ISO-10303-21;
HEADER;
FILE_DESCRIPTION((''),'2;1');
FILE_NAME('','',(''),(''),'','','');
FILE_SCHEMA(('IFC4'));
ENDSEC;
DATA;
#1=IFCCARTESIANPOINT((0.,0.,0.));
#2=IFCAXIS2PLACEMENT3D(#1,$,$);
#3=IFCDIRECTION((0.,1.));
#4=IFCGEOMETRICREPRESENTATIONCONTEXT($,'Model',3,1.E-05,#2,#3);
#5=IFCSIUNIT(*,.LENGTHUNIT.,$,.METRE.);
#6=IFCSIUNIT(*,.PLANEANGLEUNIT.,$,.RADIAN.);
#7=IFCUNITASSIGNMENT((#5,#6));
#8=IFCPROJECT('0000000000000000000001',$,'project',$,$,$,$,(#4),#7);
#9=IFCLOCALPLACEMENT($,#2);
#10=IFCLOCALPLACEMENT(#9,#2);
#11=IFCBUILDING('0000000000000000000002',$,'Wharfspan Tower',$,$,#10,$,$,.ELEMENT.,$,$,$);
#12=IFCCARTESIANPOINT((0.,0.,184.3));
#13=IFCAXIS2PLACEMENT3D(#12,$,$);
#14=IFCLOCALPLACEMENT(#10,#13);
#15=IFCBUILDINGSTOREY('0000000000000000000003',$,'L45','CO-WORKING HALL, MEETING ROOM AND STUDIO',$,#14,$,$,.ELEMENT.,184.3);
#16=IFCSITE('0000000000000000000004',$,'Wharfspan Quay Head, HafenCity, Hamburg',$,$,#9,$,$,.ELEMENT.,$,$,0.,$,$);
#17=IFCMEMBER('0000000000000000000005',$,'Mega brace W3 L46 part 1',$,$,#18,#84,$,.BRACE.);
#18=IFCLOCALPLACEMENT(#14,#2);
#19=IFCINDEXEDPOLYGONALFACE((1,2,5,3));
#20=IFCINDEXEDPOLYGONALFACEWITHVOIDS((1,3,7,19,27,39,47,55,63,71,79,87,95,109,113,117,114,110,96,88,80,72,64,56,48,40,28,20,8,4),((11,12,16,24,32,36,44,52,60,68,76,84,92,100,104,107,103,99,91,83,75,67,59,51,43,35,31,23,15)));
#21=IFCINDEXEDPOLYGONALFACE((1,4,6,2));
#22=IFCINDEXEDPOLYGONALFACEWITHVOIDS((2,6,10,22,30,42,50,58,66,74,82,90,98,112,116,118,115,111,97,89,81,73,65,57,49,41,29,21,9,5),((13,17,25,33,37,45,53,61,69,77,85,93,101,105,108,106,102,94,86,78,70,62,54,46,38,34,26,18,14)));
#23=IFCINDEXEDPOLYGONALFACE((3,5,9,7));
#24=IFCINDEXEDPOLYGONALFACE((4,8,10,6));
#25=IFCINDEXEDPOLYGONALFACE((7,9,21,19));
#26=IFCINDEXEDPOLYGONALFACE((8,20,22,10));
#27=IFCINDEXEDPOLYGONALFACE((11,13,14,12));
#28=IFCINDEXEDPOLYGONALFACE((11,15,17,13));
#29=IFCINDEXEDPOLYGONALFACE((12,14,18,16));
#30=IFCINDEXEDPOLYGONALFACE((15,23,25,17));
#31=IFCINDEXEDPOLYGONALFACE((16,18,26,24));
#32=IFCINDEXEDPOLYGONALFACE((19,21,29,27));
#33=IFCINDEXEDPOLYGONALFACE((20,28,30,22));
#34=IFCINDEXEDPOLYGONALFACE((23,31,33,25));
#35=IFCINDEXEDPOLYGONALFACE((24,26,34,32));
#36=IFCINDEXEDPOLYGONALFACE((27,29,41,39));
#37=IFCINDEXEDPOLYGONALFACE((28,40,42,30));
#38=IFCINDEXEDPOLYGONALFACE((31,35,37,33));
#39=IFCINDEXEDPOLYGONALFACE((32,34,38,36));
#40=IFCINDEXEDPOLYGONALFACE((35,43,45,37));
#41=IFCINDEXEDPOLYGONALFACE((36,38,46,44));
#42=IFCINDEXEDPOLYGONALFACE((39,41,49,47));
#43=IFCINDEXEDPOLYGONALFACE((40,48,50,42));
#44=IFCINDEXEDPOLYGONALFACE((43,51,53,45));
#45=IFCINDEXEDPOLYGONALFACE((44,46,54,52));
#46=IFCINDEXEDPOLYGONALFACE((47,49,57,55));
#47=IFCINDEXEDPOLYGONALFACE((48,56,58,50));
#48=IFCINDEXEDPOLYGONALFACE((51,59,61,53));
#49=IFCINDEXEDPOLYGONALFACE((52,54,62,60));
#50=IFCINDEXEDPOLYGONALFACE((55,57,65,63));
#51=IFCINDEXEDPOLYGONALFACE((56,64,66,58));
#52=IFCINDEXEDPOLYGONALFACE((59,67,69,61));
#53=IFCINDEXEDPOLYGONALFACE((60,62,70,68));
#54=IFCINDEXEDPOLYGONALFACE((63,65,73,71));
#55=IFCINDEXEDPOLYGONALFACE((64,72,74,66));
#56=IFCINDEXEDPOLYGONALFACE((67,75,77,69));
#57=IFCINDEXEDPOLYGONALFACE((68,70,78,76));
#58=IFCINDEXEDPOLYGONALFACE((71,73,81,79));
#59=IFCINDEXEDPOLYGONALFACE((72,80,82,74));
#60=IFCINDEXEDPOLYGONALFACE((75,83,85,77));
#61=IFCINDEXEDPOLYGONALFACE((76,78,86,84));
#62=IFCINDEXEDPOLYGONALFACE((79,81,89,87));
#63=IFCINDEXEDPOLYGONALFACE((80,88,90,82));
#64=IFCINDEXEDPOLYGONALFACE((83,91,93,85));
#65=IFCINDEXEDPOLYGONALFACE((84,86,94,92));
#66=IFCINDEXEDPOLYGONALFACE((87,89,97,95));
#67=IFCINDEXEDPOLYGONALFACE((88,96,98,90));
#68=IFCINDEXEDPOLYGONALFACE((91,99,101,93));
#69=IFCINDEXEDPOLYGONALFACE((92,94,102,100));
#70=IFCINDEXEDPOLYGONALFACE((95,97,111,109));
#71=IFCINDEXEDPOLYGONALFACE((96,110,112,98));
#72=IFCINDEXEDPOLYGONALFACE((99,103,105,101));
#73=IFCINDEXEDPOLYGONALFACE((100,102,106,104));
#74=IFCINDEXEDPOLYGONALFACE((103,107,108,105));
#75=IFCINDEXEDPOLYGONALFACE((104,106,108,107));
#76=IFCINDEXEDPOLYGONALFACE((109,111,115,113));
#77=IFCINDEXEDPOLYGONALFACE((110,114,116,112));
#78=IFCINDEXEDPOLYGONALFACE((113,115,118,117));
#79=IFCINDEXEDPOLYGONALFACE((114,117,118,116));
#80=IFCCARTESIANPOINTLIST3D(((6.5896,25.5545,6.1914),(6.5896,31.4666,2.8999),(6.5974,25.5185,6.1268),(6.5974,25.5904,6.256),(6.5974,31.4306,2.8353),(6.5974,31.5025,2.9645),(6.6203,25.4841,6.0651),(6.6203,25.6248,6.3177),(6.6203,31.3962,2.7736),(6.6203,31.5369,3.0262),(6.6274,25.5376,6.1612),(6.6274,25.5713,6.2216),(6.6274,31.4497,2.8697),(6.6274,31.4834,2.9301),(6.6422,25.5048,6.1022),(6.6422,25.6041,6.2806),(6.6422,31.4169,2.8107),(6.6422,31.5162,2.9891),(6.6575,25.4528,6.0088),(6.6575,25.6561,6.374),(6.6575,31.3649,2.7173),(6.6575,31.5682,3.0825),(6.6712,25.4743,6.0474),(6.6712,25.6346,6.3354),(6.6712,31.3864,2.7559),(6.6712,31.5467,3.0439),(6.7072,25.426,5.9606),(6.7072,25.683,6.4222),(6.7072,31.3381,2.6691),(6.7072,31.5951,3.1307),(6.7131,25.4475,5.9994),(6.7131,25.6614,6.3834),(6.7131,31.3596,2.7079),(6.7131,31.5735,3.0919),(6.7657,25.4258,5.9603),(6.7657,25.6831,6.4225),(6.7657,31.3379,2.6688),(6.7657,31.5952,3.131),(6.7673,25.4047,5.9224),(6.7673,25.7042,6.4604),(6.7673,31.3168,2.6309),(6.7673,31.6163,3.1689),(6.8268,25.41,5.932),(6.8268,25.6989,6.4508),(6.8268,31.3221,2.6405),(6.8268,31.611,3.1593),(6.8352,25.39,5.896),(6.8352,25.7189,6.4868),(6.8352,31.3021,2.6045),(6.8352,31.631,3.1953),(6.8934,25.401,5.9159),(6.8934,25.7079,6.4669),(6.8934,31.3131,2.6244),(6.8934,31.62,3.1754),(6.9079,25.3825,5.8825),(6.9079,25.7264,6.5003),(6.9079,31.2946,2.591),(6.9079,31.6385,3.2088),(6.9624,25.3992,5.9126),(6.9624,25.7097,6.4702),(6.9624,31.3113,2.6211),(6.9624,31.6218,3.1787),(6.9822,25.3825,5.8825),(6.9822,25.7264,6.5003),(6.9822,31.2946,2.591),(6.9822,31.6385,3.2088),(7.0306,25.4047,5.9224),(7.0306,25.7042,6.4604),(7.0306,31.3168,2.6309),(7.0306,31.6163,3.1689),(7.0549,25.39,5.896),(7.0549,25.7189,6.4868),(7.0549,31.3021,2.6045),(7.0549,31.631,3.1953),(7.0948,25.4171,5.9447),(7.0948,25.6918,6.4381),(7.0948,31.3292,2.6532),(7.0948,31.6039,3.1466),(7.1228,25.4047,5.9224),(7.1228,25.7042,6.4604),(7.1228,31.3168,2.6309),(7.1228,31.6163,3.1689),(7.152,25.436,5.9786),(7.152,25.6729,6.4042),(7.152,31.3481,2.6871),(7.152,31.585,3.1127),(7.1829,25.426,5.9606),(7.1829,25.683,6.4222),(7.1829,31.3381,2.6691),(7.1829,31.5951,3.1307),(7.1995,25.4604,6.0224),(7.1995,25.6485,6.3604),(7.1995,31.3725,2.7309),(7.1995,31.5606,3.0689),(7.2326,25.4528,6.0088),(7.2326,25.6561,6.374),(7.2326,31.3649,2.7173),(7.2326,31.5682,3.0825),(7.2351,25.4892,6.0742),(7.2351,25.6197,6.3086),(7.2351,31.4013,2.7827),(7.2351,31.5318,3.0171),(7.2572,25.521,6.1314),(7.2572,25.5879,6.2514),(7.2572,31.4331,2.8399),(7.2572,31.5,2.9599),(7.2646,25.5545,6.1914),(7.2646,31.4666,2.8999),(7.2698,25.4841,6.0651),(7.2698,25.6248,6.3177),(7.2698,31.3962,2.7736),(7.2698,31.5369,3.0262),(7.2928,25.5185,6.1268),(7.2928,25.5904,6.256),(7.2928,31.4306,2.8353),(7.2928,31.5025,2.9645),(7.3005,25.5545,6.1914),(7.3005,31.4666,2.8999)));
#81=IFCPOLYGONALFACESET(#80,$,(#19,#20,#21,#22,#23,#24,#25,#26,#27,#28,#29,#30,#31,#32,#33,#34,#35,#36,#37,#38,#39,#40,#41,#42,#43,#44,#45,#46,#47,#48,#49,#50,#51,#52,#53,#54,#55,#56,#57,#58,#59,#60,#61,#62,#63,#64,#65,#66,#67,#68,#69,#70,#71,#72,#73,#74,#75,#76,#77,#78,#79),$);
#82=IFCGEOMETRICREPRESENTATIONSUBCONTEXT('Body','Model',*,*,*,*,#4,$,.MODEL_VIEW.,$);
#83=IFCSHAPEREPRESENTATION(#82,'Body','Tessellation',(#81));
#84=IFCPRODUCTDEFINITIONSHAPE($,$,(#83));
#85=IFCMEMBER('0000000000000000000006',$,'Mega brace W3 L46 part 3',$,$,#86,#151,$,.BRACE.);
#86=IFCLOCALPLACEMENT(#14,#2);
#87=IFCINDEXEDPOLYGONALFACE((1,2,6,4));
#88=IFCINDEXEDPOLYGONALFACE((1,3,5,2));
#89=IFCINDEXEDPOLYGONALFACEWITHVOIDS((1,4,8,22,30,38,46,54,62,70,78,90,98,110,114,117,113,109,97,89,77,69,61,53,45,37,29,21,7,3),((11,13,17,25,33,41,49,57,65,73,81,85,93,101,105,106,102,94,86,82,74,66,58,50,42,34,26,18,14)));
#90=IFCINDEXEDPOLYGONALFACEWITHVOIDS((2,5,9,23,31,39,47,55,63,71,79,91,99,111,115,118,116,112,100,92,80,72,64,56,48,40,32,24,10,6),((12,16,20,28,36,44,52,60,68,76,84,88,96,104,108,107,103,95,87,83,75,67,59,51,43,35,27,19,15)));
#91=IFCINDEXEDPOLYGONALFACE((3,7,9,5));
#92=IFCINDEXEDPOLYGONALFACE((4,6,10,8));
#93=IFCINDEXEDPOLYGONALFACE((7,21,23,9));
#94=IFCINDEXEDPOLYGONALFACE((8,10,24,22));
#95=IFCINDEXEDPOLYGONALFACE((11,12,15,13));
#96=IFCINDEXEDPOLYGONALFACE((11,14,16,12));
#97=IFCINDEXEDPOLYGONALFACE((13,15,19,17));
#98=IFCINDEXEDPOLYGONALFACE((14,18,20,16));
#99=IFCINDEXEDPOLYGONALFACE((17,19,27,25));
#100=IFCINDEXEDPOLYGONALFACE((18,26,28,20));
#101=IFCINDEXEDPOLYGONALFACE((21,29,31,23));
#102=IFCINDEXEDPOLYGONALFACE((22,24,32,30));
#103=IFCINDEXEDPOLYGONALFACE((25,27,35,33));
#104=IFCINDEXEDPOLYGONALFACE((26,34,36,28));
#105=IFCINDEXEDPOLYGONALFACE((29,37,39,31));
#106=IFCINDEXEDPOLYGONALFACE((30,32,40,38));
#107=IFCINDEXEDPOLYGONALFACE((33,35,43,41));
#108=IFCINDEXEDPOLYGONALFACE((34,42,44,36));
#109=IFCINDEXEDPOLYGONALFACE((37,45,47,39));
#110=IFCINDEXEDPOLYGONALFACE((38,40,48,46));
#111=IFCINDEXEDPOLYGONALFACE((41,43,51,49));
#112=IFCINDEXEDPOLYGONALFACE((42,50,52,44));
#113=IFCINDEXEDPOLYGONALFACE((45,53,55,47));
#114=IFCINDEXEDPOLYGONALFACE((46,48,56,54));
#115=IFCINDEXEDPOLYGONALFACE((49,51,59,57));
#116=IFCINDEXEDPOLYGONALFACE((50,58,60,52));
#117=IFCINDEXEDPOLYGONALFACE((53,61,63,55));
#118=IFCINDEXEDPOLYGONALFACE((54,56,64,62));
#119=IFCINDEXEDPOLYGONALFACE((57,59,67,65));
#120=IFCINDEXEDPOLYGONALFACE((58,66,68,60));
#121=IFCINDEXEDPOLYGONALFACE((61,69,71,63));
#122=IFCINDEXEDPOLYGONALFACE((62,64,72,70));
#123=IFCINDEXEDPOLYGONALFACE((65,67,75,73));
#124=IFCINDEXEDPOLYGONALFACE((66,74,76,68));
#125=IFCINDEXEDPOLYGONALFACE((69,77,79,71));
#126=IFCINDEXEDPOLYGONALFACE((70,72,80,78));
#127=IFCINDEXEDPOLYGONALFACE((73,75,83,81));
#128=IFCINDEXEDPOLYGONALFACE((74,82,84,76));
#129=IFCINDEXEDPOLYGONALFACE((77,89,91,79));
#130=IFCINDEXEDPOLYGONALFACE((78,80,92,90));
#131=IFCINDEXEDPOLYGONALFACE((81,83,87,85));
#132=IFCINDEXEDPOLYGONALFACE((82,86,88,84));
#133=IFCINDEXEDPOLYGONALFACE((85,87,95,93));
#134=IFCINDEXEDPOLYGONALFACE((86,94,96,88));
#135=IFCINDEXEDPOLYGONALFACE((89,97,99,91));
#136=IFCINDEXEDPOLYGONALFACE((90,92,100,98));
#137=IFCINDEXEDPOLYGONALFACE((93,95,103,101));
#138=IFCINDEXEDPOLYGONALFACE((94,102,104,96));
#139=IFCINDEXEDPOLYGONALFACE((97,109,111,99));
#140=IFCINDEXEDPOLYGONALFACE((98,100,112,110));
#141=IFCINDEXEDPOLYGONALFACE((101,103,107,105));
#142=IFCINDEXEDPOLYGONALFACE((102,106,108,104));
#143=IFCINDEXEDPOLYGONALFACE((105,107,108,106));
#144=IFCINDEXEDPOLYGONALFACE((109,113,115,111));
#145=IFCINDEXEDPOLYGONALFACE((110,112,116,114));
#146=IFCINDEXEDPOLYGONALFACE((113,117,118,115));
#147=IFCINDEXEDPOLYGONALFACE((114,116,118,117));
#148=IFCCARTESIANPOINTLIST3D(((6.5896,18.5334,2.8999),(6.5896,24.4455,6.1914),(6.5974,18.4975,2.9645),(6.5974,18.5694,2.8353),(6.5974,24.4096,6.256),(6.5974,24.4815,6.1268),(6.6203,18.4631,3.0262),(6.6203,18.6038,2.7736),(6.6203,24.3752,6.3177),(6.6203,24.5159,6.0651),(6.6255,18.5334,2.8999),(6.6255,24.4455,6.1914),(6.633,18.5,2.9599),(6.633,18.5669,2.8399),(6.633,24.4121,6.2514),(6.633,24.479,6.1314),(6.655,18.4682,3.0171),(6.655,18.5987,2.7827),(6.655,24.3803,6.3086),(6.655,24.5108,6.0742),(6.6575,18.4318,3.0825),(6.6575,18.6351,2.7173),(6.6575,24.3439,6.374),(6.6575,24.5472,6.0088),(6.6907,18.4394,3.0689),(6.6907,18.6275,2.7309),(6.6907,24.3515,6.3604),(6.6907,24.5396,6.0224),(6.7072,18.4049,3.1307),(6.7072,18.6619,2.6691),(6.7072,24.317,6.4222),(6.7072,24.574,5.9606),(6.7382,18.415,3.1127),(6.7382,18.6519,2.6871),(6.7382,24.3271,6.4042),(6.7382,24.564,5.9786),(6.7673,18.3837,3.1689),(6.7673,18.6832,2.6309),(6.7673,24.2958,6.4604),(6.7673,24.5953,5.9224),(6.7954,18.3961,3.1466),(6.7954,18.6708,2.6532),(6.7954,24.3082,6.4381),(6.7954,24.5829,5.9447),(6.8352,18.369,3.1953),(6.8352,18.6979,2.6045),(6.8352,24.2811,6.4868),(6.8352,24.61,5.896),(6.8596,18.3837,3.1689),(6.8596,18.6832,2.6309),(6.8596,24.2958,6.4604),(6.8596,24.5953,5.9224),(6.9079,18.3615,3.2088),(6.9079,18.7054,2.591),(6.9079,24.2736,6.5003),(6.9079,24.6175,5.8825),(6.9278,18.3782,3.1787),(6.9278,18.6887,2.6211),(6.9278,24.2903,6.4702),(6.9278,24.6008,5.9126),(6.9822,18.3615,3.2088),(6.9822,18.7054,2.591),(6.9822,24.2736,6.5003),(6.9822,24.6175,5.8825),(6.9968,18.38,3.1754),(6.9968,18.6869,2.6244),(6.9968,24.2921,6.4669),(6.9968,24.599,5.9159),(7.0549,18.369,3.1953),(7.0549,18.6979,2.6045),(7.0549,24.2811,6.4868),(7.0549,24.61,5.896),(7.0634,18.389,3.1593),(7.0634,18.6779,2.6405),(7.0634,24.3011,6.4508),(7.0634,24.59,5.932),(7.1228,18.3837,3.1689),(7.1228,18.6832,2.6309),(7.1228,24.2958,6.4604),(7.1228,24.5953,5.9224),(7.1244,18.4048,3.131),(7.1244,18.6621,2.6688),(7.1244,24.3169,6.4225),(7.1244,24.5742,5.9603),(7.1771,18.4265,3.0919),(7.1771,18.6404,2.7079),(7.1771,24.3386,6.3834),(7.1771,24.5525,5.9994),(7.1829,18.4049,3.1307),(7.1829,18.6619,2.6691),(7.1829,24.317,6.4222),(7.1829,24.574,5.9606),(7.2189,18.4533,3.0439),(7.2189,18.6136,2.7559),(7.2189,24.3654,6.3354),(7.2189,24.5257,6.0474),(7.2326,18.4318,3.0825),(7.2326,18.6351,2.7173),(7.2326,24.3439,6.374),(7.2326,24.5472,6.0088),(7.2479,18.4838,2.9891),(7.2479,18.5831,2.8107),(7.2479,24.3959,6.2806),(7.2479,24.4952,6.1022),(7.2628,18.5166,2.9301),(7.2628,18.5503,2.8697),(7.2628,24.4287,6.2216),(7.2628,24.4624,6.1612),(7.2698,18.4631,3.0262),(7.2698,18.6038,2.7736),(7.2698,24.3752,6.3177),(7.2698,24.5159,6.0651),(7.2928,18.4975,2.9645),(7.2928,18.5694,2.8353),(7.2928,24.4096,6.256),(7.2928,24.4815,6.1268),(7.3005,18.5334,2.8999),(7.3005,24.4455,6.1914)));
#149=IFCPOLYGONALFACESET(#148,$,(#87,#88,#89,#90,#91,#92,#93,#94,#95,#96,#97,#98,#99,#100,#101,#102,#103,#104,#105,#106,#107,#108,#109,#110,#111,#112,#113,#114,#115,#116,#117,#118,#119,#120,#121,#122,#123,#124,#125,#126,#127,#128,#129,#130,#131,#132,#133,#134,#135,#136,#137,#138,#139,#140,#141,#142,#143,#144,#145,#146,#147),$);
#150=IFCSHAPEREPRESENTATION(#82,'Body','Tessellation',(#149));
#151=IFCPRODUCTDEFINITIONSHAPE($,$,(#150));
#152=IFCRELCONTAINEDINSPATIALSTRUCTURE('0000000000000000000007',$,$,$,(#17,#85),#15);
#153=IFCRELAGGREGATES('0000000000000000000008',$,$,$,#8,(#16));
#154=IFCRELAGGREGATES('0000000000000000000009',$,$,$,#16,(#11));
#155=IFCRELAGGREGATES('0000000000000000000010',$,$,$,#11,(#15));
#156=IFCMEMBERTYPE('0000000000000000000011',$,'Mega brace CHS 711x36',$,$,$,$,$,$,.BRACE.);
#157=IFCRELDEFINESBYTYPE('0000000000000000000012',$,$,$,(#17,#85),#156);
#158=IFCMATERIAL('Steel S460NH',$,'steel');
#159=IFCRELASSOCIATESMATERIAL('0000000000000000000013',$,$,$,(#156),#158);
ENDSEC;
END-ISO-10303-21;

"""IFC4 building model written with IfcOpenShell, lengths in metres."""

from ifc_helpers import new_model, si_unit, direction, frame, origin, origin_2d, place, context, subcontext, project, spatial, hollow_circle, extrude, material, material_profile, profile_set, type_object, element, save


model = new_model("IFC4")

# Units and contexts
model_context = context("Model", 3, precision=1e-05, world=origin(), true_north=direction((0.0, 1.0)))
body_context = subcontext(model_context, "Body", "Model", "MODEL_VIEW")
ifc_project = project(units=[si_unit("LENGTHUNIT", "METRE"), si_unit("PLANEANGLEUNIT", "RADIAN")], contexts=[model_context])

# Site, building, storey
site_placement = place(None, origin())
site = spatial("IfcSite", under=ifc_project, at=site_placement, Name="Wharfspan Quay Head, HafenCity, Hamburg", CompositionType="ELEMENT", RefElevation=0.0)
building_placement = place(site_placement, origin())
building = spatial("IfcBuilding", under=site, at=building_placement, Name="Wharfspan Tower", CompositionType="ELEMENT")
storey_placement = place(building_placement, frame((0.0, 0.0, 184.3)))
storey = spatial("IfcBuildingStorey", under=building, at=storey_placement, Name="L45", Description="CO-WORKING HALL, MEETING ROOM AND STUDIO", CompositionType="ELEMENT", Elevation=184.3)

# Members
ifc_material_1 = material(Name="Steel S460NH", Category="steel")
ifc_material_profile_1 = material_profile(ifc_material_1, hollow_circle(Radius=0.3555, WallThickness=0.0359, at=origin_2d()))
ifc_profile_set_1 = profile_set([ifc_material_profile_1], Name="Steel S460NH")
member_type_1 = type_object("IfcMemberType", Name="Mega brace CHS 711x36", PredefinedType="BRACE", material=ifc_profile_set_1)
for number, where, z_axis, x_axis, name in (
    (1, (6.9451, 31.4666, 2.8999), (0.0, -0.873718, 0.486433), (1.0, 0.0, 0.0), "Mega brace W3 L46 part 1"),
    (2, (6.9451, 18.5334, 2.8999), (0.0, 0.873718, 0.486433), (-1.0, 0.0, 0.0), "Mega brace W3 L46 part 3"),
):
    element("IfcMember", number, at=place(storey_placement, frame(where, z_axis=z_axis, x_axis=x_axis)), inside=storey, type_object=member_type_1, Name=name, PredefinedType="BRACE", context=body_context, shape_type="SweptSolid", body=[
        extrude(hollow_circle(Radius=0.3555, WallThickness=0.0359, at=origin_2d()), origin(), (0.0, 0.0, 1.0), 6.7666),
    ])

save(model, "model.ifc")
